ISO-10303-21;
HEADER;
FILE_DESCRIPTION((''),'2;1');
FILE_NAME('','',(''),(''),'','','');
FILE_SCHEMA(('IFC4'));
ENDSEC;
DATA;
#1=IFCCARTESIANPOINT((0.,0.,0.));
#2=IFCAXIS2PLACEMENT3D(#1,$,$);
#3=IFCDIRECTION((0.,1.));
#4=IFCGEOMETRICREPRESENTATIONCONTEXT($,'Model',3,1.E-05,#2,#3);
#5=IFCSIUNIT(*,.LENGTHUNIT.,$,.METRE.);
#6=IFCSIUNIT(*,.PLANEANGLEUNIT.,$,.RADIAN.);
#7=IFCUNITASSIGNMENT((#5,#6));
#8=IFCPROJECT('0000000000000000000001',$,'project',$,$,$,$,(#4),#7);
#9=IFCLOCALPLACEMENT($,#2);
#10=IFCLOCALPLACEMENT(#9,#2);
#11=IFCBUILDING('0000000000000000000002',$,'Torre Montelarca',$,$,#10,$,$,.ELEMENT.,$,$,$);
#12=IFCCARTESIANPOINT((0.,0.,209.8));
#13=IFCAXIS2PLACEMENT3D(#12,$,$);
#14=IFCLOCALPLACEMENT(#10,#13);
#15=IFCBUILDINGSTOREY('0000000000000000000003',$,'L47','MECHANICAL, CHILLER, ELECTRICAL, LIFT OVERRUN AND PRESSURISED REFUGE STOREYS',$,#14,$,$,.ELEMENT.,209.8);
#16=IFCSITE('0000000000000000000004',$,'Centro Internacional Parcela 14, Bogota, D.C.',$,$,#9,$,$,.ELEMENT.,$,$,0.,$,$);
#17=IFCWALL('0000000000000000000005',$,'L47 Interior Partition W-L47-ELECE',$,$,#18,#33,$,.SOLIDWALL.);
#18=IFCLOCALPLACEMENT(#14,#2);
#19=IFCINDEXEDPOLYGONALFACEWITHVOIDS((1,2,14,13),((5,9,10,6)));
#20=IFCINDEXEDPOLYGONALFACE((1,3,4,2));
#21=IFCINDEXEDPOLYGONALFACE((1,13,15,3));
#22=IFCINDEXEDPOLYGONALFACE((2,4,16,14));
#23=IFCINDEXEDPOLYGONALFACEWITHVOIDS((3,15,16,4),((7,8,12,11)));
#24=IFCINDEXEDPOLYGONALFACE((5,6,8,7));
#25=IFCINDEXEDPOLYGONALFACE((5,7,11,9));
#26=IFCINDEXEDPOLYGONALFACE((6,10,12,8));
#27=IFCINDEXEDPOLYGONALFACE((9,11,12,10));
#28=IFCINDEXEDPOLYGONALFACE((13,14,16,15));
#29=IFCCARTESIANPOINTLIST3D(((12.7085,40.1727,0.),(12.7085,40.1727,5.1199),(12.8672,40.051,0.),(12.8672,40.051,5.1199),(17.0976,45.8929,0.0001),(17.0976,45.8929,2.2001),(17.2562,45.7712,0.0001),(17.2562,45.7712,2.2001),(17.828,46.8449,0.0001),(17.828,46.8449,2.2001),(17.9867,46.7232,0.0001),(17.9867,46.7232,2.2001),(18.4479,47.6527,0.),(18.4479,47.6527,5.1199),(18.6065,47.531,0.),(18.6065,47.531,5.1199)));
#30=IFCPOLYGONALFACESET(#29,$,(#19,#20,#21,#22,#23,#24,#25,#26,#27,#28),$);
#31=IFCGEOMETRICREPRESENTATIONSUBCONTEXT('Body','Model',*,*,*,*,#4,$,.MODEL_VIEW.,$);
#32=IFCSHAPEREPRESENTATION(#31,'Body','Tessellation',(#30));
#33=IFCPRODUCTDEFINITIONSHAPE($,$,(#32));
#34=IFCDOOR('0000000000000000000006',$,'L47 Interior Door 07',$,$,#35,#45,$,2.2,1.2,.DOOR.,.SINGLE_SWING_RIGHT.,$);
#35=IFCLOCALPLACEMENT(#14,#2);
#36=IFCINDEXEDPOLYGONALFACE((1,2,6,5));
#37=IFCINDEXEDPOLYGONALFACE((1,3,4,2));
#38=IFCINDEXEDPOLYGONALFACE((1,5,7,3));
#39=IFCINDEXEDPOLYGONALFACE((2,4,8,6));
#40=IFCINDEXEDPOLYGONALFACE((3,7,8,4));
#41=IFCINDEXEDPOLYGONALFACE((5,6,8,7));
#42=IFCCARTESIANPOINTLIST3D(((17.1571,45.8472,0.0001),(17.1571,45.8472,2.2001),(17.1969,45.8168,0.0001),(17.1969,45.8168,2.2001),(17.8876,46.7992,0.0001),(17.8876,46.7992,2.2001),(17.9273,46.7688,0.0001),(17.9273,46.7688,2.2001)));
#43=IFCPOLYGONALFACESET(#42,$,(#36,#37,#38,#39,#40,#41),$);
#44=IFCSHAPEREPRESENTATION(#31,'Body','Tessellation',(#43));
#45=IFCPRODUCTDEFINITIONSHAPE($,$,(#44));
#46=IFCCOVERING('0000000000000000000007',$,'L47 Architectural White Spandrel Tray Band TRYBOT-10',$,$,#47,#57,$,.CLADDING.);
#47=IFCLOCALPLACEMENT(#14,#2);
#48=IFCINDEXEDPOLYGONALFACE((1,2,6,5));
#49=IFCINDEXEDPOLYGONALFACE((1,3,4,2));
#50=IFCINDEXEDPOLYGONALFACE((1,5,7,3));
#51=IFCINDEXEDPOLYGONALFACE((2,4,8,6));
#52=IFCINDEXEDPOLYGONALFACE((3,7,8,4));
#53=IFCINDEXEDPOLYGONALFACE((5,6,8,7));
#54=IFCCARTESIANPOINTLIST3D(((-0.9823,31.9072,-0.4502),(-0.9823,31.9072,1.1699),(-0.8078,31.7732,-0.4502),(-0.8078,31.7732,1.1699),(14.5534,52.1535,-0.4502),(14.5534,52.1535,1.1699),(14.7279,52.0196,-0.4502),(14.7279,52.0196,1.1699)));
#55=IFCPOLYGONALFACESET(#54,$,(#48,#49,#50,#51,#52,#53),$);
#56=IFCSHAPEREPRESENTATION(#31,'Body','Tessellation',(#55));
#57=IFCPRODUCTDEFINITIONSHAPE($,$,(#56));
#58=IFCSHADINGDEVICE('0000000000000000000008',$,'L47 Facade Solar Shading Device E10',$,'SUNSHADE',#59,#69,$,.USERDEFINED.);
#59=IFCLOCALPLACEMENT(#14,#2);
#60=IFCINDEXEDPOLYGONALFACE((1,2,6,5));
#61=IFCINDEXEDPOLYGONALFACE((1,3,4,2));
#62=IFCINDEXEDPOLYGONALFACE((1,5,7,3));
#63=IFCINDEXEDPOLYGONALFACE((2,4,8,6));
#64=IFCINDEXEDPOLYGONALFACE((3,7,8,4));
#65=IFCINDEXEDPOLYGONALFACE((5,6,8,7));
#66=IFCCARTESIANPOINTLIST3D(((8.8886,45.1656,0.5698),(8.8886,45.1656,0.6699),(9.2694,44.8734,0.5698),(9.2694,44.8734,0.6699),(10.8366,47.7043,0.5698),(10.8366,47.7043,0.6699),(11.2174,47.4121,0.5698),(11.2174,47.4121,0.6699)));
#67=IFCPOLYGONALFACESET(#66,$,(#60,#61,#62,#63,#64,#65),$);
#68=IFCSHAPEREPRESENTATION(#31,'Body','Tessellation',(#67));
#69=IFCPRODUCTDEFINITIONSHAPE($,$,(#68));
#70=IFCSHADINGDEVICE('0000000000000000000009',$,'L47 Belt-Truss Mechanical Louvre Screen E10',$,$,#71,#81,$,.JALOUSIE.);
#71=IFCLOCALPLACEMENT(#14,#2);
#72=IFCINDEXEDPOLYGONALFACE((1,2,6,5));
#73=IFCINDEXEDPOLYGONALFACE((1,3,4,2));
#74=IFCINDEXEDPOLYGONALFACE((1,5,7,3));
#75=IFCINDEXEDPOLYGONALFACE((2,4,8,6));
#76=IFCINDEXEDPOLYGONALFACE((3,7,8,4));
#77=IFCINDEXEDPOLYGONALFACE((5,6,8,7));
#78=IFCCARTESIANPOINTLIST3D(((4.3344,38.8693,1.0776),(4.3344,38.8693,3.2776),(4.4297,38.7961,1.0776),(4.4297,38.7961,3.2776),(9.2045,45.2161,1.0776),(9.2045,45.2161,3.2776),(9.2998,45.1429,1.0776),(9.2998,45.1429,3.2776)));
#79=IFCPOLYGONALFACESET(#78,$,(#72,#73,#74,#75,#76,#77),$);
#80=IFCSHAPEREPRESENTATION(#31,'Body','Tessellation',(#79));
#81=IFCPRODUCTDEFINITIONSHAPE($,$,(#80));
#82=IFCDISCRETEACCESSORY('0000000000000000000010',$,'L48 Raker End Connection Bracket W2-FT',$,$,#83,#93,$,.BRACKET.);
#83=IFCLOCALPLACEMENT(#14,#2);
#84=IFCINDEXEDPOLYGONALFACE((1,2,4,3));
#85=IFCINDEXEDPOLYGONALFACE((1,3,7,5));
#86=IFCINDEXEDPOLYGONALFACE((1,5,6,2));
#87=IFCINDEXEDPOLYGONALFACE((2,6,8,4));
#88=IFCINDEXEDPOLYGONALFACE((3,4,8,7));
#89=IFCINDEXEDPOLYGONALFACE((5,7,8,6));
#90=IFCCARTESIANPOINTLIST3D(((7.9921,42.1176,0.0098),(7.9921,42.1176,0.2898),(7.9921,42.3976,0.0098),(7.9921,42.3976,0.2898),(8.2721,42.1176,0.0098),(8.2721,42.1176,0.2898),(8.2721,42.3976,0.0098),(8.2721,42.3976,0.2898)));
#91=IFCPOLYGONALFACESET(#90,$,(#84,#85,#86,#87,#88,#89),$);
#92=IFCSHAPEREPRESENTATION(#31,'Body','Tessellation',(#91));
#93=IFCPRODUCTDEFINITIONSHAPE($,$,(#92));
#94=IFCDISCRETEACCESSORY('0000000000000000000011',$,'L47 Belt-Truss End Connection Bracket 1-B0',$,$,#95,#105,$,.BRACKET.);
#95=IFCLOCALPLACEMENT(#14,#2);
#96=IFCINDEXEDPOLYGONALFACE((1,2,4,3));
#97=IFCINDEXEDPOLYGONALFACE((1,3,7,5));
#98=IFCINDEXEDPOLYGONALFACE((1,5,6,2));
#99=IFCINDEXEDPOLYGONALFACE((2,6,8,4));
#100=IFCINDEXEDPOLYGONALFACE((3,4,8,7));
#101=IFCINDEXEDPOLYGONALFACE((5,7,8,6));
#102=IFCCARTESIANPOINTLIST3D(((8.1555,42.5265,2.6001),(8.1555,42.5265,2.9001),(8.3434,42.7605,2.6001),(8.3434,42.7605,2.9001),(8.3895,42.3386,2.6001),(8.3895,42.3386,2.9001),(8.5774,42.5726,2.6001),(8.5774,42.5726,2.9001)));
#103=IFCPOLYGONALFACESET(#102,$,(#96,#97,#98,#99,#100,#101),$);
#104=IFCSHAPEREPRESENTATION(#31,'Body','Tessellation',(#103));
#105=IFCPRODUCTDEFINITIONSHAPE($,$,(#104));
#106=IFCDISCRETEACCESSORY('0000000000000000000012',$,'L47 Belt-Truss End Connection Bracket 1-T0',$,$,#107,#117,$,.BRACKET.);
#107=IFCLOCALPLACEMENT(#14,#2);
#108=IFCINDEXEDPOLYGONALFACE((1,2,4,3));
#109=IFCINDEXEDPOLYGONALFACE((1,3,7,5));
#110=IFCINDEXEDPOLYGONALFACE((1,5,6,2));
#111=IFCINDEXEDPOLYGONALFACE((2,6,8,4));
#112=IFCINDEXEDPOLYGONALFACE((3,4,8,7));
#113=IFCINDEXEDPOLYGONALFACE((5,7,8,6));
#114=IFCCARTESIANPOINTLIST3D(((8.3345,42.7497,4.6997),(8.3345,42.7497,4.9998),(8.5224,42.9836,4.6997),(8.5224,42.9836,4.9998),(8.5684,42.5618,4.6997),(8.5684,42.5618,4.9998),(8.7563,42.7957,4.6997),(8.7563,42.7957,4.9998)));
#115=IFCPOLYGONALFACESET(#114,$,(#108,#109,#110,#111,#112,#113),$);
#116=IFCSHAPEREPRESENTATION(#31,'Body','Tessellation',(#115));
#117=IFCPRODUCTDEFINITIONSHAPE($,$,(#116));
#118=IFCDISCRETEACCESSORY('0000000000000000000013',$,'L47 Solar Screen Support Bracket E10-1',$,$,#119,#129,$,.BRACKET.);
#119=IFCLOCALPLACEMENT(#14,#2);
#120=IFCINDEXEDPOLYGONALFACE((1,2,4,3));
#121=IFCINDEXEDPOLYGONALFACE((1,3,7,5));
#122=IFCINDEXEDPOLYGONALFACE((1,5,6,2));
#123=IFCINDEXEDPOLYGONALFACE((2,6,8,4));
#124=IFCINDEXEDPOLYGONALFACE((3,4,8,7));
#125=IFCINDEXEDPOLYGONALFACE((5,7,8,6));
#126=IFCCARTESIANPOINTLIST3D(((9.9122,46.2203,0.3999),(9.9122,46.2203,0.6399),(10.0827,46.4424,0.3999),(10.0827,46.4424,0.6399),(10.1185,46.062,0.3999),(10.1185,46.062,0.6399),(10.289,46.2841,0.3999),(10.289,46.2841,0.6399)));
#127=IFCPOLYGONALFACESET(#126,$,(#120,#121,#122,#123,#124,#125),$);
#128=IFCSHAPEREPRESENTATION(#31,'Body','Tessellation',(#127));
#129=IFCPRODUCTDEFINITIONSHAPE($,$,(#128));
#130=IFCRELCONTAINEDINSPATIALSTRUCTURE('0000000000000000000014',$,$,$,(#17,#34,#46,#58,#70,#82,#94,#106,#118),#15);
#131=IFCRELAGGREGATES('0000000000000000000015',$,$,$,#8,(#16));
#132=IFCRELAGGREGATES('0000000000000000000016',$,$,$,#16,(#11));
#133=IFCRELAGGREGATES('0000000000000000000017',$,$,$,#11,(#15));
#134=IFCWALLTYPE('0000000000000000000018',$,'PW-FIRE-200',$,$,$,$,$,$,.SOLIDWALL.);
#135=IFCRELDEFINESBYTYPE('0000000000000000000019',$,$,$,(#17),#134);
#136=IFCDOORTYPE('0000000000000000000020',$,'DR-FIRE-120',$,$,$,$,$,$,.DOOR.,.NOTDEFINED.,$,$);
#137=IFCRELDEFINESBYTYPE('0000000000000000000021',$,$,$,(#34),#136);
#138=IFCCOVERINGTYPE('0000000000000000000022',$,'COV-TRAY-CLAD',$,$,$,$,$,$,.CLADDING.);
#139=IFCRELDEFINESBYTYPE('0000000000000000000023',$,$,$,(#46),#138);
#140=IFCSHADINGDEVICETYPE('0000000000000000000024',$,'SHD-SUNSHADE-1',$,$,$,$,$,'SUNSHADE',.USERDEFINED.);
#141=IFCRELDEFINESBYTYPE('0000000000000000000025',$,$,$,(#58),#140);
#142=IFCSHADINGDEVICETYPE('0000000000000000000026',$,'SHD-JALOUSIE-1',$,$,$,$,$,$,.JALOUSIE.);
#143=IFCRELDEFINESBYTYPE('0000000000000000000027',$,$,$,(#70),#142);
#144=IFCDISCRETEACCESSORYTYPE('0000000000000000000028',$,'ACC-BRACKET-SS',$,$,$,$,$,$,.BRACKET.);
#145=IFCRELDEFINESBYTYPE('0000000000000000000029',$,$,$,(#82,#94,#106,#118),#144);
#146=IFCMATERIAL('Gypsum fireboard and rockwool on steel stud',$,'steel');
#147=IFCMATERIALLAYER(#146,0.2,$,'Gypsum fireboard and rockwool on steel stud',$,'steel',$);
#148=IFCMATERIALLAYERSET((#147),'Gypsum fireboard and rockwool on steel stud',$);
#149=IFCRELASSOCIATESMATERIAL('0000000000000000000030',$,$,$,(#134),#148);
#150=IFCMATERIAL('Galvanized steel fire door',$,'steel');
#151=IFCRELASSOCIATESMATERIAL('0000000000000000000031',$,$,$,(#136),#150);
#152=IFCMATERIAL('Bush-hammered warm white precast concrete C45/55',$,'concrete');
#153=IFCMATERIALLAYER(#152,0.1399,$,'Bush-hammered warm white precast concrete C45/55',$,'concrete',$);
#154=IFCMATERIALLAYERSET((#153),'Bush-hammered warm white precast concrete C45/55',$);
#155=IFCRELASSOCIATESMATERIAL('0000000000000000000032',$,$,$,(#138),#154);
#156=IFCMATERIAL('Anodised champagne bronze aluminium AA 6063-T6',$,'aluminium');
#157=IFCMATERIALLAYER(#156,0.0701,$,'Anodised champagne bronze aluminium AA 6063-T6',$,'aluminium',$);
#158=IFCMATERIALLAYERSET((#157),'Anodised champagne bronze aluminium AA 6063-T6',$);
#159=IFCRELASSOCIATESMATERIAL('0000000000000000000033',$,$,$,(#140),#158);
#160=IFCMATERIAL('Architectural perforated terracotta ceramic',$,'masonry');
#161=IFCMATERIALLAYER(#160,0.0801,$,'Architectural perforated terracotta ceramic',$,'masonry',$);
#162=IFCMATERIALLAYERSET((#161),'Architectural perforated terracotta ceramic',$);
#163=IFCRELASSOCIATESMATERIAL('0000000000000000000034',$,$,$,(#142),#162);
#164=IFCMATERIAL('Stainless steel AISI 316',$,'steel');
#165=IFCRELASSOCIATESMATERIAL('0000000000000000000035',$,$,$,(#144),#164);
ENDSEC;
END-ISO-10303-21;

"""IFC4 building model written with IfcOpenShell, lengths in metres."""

from ifc_helpers import new_model, si_unit, direction, frame, frame_2d, origin, origin_2d, place, context, subcontext, project, spatial, rectangle, extrude, source, transform, mapped, material, layer, layer_set, type_object, element, fill, save


model = new_model("IFC4")

# Units and contexts
model_context = context("Model", 3, precision=1e-05, world=origin(), true_north=direction((0.0, 1.0)))
body_context = subcontext(model_context, "Body", "Model", "MODEL_VIEW")
ifc_project = project(units=[si_unit("LENGTHUNIT", "METRE"), si_unit("PLANEANGLEUNIT", "RADIAN")], contexts=[model_context])

# Site, building, storey
site_placement = place(None, origin())
site = spatial("IfcSite", under=ifc_project, at=site_placement, Name="Centro Internacional Parcela 14, Bogota, D.C.", CompositionType="ELEMENT", RefElevation=0.0)
building_placement = place(site_placement, origin())
building = spatial("IfcBuilding", under=site, at=building_placement, Name="Torre Montelarca", CompositionType="ELEMENT")
storey_placement = place(building_placement, frame((0.0, 0.0, 209.8)))
storey = spatial("IfcBuildingStorey", under=building, at=storey_placement, Name="L47", Description="MECHANICAL, CHILLER, ELECTRICAL, LIFT OVERRUN AND PRESSURISED REFUGE STOREYS", CompositionType="ELEMENT", Elevation=209.8)

# Shared definitions
ifc_material_1 = material(Name="Architectural perforated terracotta ceramic", Category="masonry")

# Wall, opening, door
ifc_material_2 = material(Name="Gypsum fireboard and rockwool on steel stud", Category="steel")
ifc_layer_1 = layer(ifc_material_2, 0.2, Name="Gypsum fireboard and rockwool on steel stud", Category="steel")
ifc_layer_set_1 = layer_set([ifc_layer_1], Name="Gypsum fireboard and rockwool on steel stud")
wall_type_1 = type_object("IfcWallType", Name="PW-FIRE-200", PredefinedType="SOLIDWALL", material=ifc_layer_set_1)
wall_1_placement = place(storey_placement, frame((12.7878, 40.1118, 0.0), z_axis=(0.0, 0.0, 1.0), x_axis=(0.608739, 0.79337, 0.0)))
wall_1 = element("IfcWall", 1, at=wall_1_placement, inside=storey, type_object=wall_type_1, Name="L47 Interior Partition W-L47-ELECE", PredefinedType="SOLIDWALL", context=body_context, shape_type="SweptSolid", body=[
    extrude(rectangle(XDim=9.4282, YDim=0.2, at=frame_2d((4.7141, 0.0))), origin(), (0.0, 0.0, 1.0), 5.1199),
])
opening_placement = place(wall_1_placement, frame((7.21, 0.0, 0.0)))
opening = element("IfcOpeningElement", 2, at=opening_placement, cuts=wall_1, PredefinedType="OPENING", context=body_context, shape_type="SweptSolid", body=[
    extrude(rectangle(XDim=1.2, YDim=2.2, at=frame_2d((0.6001, 1.1001))), frame((0.0, 0.1099, 0.0), z_axis=(0.0, -1.0, 0.0), x_axis=(1.0, 0.0, 0.0)), (0.0, 0.0, 1.0), 0.22),
])
ifc_material_3 = material(Name="Galvanized steel fire door", Category="steel")
door_type = type_object("IfcDoorType", Name="DR-FIRE-120", OperationType="NOTDEFINED", PredefinedType="DOOR", material=ifc_material_3)
shared_shape_1 = source(origin(), body_context, "Body", "SweptSolid", [
    extrude(rectangle(XDim=1.2, YDim=2.2, at=frame_2d((0.6001, 1.1001))), frame((0.0, 0.0249, 0.0), z_axis=(0.0, -1.0, 0.0), x_axis=(1.0, 0.0, 0.0)), (0.0, 0.0, 1.0), 0.05),
])
door_placement = place(opening_placement, origin())
door = element("IfcDoor", 3, at=door_placement, inside=storey, type_object=door_type, Name="L47 Interior Door 07", OperationType="SINGLE_SWING_RIGHT", OverallHeight=2.2, OverallWidth=1.2, PredefinedType="DOOR", context=body_context, shape_type="MappedRepresentation", body=[
    mapped(shared_shape_1, transform((0.0, 0.0, 0.0), scale=1.0)),
])
fill(opening, door)

# Covering
ifc_material_4 = material(Name="Bush-hammered warm white precast concrete C45/55", Category="concrete")
ifc_layer_2 = layer(ifc_material_4, 0.1399, Name="Bush-hammered warm white precast concrete C45/55", Category="concrete")
ifc_layer_set_2 = layer_set([ifc_layer_2], Name="Bush-hammered warm white precast concrete C45/55")
covering_type = type_object("IfcCoveringType", Name="COV-TRAY-CLAD", PredefinedType="CLADDING", material=ifc_layer_set_2)
shared_shape_2 = source(origin(), body_context, "Body", "SweptSolid", [
    extrude(rectangle(XDim=25.52, YDim=0.22, at=origin_2d()), origin(), (0.0, 0.0, 1.0), 1.6201),
])
covering_placement = place(storey_placement, frame((6.8728, 41.9634, -0.4502), z_axis=(0.0, 0.0, 1.0), x_axis=(-0.608763, -0.793352, 0.0)))
element("IfcCovering", 4, at=covering_placement, inside=storey, type_object=covering_type, Name="L47 Architectural White Spandrel Tray Band TRYBOT-10", PredefinedType="CLADDING", context=body_context, shape_type="MappedRepresentation", body=[
    mapped(shared_shape_2, transform((0.0, 0.0, 0.0), scale=1.0)),
])

# Shading devices
ifc_material_5 = material(Name="Anodised champagne bronze aluminium AA 6063-T6", Category="aluminium")
ifc_layer_3 = layer(ifc_material_5, 0.0701, Name="Anodised champagne bronze aluminium AA 6063-T6", Category="aluminium")
ifc_layer_set_3 = layer_set([ifc_layer_3], Name="Anodised champagne bronze aluminium AA 6063-T6")
shading_device_type_1 = type_object("IfcShadingDeviceType", Name="SHD-SUNSHADE-1", ElementType="SUNSHADE", PredefinedType="USERDEFINED", material=ifc_layer_set_3)
shared_shape_3 = source(origin(), body_context, "Body", "SweptSolid", [
    extrude(rectangle(XDim=3.2, YDim=0.48, at=origin_2d()), origin(), (0.0, 0.0, 1.0), 0.1001),
])
shading_device_1_placement = place(storey_placement, frame((10.053, 46.2888, 0.5698), z_axis=(0.0, 0.0, 1.0), x_axis=(-0.608763, -0.793352, 0.0)))
element("IfcShadingDevice", 5, at=shading_device_1_placement, inside=storey, type_object=shading_device_type_1, Name="L47 Facade Solar Shading Device E10", ObjectType="SUNSHADE", PredefinedType="USERDEFINED", context=body_context, shape_type="MappedRepresentation", body=[
    mapped(shared_shape_3, transform((0.0, 0.0, 0.0), scale=1.0)),
])
ifc_layer_4 = layer(ifc_material_1, 0.0801, Name="Architectural perforated terracotta ceramic", Category="masonry")
ifc_layer_set_4 = layer_set([ifc_layer_4], Name="Architectural perforated terracotta ceramic")
shading_device_type_2 = type_object("IfcShadingDeviceType", Name="SHD-JALOUSIE-1", PredefinedType="JALOUSIE", material=ifc_layer_set_4)
shared_shape_4 = source(origin(), body_context, "Body", "SweptSolid", [
    extrude(rectangle(XDim=8.0, YDim=0.1201, at=origin_2d()), origin(), (0.0, 0.0, 1.0), 2.2),
])
shading_device_2_placement = place(storey_placement, frame((6.8171, 42.0061, 1.0776), z_axis=(0.0, 0.0, 1.0), x_axis=(-0.608764, -0.793351, 0.0)))
element("IfcShadingDevice", 6, at=shading_device_2_placement, inside=storey, type_object=shading_device_type_2, Name="L47 Belt-Truss Mechanical Louvre Screen E10", PredefinedType="JALOUSIE", context=body_context, shape_type="MappedRepresentation", body=[
    mapped(shared_shape_4, transform((0.0, 0.0, 0.0), scale=1.0)),
])

# Discrete accessories
ifc_material_6 = material(Name="Stainless steel AISI 316", Category="steel")
discrete_accessory_type = type_object("IfcDiscreteAccessoryType", Name="ACC-BRACKET-SS", PredefinedType="BRACKET", material=ifc_material_6)
shared_shape_5 = source(origin(), body_context, "Body", "SweptSolid", [
    extrude(rectangle(XDim=0.28, YDim=0.28, at=origin_2d()), origin(), (0.0, 0.0, 1.0), 0.28),
])
discrete_accessory_1_placement = place(storey_placement, frame((8.1321, 42.2576, 0.0098), z_axis=(0.0, 0.0, 1.0), x_axis=(1.0, 0.0, 0.0)))
element("IfcDiscreteAccessory", 7, at=discrete_accessory_1_placement, inside=storey, type_object=discrete_accessory_type, Name="L48 Raker End Connection Bracket W2-FT", PredefinedType="BRACKET", context=body_context, shape_type="MappedRepresentation", body=[
    mapped(shared_shape_5, transform((0.0, 0.0, 0.0), scale=1.0)),
])
shared_shape_6 = source(origin(), body_context, "Body", "SweptSolid", [
    extrude(rectangle(XDim=0.3, YDim=0.3, at=origin_2d()), origin(), (0.0, 0.0, 1.0), 0.3),
])
for number, where, z_axis, x_axis, name in (
    (8, (8.3665, 42.5496, 2.6001), (0.0, 0.0, 1.0), (0.626196, 0.779666, 0.0), "L47 Belt-Truss End Connection Bracket 1-B0"),
    (9, (8.5454, 42.7727, 4.6997), (0.0, 0.0, 1.0), (0.626196, 0.779666, 0.0), "L47 Belt-Truss End Connection Bracket 1-T0"),
):
    element("IfcDiscreteAccessory", number, at=place(storey_placement, frame(where, z_axis=z_axis, x_axis=x_axis)), inside=storey, type_object=discrete_accessory_type, Name=name, PredefinedType="BRACKET", context=body_context, shape_type="MappedRepresentation", body=[
        mapped(shared_shape_6, transform((0.0, 0.0, 0.0), scale=1.0)),
    ])
shared_shape_7 = source(origin(), body_context, "Body", "SweptSolid", [
    extrude(rectangle(XDim=0.28, YDim=0.26, at=origin_2d()), origin(), (0.0, 0.0, 1.0), 0.24),
])
discrete_accessory_2_placement = place(storey_placement, frame((10.1006, 46.2522, 0.3999), z_axis=(0.0, 0.0, 1.0), x_axis=(-0.608763, -0.793352, 0.0)))
element("IfcDiscreteAccessory", 10, at=discrete_accessory_2_placement, inside=storey, type_object=discrete_accessory_type, Name="L47 Solar Screen Support Bracket E10-1", PredefinedType="BRACKET", context=body_context, shape_type="MappedRepresentation", body=[
    mapped(shared_shape_7, transform((0.0, 0.0, 0.0), scale=1.0)),
])

save(model, "model.ifc")
